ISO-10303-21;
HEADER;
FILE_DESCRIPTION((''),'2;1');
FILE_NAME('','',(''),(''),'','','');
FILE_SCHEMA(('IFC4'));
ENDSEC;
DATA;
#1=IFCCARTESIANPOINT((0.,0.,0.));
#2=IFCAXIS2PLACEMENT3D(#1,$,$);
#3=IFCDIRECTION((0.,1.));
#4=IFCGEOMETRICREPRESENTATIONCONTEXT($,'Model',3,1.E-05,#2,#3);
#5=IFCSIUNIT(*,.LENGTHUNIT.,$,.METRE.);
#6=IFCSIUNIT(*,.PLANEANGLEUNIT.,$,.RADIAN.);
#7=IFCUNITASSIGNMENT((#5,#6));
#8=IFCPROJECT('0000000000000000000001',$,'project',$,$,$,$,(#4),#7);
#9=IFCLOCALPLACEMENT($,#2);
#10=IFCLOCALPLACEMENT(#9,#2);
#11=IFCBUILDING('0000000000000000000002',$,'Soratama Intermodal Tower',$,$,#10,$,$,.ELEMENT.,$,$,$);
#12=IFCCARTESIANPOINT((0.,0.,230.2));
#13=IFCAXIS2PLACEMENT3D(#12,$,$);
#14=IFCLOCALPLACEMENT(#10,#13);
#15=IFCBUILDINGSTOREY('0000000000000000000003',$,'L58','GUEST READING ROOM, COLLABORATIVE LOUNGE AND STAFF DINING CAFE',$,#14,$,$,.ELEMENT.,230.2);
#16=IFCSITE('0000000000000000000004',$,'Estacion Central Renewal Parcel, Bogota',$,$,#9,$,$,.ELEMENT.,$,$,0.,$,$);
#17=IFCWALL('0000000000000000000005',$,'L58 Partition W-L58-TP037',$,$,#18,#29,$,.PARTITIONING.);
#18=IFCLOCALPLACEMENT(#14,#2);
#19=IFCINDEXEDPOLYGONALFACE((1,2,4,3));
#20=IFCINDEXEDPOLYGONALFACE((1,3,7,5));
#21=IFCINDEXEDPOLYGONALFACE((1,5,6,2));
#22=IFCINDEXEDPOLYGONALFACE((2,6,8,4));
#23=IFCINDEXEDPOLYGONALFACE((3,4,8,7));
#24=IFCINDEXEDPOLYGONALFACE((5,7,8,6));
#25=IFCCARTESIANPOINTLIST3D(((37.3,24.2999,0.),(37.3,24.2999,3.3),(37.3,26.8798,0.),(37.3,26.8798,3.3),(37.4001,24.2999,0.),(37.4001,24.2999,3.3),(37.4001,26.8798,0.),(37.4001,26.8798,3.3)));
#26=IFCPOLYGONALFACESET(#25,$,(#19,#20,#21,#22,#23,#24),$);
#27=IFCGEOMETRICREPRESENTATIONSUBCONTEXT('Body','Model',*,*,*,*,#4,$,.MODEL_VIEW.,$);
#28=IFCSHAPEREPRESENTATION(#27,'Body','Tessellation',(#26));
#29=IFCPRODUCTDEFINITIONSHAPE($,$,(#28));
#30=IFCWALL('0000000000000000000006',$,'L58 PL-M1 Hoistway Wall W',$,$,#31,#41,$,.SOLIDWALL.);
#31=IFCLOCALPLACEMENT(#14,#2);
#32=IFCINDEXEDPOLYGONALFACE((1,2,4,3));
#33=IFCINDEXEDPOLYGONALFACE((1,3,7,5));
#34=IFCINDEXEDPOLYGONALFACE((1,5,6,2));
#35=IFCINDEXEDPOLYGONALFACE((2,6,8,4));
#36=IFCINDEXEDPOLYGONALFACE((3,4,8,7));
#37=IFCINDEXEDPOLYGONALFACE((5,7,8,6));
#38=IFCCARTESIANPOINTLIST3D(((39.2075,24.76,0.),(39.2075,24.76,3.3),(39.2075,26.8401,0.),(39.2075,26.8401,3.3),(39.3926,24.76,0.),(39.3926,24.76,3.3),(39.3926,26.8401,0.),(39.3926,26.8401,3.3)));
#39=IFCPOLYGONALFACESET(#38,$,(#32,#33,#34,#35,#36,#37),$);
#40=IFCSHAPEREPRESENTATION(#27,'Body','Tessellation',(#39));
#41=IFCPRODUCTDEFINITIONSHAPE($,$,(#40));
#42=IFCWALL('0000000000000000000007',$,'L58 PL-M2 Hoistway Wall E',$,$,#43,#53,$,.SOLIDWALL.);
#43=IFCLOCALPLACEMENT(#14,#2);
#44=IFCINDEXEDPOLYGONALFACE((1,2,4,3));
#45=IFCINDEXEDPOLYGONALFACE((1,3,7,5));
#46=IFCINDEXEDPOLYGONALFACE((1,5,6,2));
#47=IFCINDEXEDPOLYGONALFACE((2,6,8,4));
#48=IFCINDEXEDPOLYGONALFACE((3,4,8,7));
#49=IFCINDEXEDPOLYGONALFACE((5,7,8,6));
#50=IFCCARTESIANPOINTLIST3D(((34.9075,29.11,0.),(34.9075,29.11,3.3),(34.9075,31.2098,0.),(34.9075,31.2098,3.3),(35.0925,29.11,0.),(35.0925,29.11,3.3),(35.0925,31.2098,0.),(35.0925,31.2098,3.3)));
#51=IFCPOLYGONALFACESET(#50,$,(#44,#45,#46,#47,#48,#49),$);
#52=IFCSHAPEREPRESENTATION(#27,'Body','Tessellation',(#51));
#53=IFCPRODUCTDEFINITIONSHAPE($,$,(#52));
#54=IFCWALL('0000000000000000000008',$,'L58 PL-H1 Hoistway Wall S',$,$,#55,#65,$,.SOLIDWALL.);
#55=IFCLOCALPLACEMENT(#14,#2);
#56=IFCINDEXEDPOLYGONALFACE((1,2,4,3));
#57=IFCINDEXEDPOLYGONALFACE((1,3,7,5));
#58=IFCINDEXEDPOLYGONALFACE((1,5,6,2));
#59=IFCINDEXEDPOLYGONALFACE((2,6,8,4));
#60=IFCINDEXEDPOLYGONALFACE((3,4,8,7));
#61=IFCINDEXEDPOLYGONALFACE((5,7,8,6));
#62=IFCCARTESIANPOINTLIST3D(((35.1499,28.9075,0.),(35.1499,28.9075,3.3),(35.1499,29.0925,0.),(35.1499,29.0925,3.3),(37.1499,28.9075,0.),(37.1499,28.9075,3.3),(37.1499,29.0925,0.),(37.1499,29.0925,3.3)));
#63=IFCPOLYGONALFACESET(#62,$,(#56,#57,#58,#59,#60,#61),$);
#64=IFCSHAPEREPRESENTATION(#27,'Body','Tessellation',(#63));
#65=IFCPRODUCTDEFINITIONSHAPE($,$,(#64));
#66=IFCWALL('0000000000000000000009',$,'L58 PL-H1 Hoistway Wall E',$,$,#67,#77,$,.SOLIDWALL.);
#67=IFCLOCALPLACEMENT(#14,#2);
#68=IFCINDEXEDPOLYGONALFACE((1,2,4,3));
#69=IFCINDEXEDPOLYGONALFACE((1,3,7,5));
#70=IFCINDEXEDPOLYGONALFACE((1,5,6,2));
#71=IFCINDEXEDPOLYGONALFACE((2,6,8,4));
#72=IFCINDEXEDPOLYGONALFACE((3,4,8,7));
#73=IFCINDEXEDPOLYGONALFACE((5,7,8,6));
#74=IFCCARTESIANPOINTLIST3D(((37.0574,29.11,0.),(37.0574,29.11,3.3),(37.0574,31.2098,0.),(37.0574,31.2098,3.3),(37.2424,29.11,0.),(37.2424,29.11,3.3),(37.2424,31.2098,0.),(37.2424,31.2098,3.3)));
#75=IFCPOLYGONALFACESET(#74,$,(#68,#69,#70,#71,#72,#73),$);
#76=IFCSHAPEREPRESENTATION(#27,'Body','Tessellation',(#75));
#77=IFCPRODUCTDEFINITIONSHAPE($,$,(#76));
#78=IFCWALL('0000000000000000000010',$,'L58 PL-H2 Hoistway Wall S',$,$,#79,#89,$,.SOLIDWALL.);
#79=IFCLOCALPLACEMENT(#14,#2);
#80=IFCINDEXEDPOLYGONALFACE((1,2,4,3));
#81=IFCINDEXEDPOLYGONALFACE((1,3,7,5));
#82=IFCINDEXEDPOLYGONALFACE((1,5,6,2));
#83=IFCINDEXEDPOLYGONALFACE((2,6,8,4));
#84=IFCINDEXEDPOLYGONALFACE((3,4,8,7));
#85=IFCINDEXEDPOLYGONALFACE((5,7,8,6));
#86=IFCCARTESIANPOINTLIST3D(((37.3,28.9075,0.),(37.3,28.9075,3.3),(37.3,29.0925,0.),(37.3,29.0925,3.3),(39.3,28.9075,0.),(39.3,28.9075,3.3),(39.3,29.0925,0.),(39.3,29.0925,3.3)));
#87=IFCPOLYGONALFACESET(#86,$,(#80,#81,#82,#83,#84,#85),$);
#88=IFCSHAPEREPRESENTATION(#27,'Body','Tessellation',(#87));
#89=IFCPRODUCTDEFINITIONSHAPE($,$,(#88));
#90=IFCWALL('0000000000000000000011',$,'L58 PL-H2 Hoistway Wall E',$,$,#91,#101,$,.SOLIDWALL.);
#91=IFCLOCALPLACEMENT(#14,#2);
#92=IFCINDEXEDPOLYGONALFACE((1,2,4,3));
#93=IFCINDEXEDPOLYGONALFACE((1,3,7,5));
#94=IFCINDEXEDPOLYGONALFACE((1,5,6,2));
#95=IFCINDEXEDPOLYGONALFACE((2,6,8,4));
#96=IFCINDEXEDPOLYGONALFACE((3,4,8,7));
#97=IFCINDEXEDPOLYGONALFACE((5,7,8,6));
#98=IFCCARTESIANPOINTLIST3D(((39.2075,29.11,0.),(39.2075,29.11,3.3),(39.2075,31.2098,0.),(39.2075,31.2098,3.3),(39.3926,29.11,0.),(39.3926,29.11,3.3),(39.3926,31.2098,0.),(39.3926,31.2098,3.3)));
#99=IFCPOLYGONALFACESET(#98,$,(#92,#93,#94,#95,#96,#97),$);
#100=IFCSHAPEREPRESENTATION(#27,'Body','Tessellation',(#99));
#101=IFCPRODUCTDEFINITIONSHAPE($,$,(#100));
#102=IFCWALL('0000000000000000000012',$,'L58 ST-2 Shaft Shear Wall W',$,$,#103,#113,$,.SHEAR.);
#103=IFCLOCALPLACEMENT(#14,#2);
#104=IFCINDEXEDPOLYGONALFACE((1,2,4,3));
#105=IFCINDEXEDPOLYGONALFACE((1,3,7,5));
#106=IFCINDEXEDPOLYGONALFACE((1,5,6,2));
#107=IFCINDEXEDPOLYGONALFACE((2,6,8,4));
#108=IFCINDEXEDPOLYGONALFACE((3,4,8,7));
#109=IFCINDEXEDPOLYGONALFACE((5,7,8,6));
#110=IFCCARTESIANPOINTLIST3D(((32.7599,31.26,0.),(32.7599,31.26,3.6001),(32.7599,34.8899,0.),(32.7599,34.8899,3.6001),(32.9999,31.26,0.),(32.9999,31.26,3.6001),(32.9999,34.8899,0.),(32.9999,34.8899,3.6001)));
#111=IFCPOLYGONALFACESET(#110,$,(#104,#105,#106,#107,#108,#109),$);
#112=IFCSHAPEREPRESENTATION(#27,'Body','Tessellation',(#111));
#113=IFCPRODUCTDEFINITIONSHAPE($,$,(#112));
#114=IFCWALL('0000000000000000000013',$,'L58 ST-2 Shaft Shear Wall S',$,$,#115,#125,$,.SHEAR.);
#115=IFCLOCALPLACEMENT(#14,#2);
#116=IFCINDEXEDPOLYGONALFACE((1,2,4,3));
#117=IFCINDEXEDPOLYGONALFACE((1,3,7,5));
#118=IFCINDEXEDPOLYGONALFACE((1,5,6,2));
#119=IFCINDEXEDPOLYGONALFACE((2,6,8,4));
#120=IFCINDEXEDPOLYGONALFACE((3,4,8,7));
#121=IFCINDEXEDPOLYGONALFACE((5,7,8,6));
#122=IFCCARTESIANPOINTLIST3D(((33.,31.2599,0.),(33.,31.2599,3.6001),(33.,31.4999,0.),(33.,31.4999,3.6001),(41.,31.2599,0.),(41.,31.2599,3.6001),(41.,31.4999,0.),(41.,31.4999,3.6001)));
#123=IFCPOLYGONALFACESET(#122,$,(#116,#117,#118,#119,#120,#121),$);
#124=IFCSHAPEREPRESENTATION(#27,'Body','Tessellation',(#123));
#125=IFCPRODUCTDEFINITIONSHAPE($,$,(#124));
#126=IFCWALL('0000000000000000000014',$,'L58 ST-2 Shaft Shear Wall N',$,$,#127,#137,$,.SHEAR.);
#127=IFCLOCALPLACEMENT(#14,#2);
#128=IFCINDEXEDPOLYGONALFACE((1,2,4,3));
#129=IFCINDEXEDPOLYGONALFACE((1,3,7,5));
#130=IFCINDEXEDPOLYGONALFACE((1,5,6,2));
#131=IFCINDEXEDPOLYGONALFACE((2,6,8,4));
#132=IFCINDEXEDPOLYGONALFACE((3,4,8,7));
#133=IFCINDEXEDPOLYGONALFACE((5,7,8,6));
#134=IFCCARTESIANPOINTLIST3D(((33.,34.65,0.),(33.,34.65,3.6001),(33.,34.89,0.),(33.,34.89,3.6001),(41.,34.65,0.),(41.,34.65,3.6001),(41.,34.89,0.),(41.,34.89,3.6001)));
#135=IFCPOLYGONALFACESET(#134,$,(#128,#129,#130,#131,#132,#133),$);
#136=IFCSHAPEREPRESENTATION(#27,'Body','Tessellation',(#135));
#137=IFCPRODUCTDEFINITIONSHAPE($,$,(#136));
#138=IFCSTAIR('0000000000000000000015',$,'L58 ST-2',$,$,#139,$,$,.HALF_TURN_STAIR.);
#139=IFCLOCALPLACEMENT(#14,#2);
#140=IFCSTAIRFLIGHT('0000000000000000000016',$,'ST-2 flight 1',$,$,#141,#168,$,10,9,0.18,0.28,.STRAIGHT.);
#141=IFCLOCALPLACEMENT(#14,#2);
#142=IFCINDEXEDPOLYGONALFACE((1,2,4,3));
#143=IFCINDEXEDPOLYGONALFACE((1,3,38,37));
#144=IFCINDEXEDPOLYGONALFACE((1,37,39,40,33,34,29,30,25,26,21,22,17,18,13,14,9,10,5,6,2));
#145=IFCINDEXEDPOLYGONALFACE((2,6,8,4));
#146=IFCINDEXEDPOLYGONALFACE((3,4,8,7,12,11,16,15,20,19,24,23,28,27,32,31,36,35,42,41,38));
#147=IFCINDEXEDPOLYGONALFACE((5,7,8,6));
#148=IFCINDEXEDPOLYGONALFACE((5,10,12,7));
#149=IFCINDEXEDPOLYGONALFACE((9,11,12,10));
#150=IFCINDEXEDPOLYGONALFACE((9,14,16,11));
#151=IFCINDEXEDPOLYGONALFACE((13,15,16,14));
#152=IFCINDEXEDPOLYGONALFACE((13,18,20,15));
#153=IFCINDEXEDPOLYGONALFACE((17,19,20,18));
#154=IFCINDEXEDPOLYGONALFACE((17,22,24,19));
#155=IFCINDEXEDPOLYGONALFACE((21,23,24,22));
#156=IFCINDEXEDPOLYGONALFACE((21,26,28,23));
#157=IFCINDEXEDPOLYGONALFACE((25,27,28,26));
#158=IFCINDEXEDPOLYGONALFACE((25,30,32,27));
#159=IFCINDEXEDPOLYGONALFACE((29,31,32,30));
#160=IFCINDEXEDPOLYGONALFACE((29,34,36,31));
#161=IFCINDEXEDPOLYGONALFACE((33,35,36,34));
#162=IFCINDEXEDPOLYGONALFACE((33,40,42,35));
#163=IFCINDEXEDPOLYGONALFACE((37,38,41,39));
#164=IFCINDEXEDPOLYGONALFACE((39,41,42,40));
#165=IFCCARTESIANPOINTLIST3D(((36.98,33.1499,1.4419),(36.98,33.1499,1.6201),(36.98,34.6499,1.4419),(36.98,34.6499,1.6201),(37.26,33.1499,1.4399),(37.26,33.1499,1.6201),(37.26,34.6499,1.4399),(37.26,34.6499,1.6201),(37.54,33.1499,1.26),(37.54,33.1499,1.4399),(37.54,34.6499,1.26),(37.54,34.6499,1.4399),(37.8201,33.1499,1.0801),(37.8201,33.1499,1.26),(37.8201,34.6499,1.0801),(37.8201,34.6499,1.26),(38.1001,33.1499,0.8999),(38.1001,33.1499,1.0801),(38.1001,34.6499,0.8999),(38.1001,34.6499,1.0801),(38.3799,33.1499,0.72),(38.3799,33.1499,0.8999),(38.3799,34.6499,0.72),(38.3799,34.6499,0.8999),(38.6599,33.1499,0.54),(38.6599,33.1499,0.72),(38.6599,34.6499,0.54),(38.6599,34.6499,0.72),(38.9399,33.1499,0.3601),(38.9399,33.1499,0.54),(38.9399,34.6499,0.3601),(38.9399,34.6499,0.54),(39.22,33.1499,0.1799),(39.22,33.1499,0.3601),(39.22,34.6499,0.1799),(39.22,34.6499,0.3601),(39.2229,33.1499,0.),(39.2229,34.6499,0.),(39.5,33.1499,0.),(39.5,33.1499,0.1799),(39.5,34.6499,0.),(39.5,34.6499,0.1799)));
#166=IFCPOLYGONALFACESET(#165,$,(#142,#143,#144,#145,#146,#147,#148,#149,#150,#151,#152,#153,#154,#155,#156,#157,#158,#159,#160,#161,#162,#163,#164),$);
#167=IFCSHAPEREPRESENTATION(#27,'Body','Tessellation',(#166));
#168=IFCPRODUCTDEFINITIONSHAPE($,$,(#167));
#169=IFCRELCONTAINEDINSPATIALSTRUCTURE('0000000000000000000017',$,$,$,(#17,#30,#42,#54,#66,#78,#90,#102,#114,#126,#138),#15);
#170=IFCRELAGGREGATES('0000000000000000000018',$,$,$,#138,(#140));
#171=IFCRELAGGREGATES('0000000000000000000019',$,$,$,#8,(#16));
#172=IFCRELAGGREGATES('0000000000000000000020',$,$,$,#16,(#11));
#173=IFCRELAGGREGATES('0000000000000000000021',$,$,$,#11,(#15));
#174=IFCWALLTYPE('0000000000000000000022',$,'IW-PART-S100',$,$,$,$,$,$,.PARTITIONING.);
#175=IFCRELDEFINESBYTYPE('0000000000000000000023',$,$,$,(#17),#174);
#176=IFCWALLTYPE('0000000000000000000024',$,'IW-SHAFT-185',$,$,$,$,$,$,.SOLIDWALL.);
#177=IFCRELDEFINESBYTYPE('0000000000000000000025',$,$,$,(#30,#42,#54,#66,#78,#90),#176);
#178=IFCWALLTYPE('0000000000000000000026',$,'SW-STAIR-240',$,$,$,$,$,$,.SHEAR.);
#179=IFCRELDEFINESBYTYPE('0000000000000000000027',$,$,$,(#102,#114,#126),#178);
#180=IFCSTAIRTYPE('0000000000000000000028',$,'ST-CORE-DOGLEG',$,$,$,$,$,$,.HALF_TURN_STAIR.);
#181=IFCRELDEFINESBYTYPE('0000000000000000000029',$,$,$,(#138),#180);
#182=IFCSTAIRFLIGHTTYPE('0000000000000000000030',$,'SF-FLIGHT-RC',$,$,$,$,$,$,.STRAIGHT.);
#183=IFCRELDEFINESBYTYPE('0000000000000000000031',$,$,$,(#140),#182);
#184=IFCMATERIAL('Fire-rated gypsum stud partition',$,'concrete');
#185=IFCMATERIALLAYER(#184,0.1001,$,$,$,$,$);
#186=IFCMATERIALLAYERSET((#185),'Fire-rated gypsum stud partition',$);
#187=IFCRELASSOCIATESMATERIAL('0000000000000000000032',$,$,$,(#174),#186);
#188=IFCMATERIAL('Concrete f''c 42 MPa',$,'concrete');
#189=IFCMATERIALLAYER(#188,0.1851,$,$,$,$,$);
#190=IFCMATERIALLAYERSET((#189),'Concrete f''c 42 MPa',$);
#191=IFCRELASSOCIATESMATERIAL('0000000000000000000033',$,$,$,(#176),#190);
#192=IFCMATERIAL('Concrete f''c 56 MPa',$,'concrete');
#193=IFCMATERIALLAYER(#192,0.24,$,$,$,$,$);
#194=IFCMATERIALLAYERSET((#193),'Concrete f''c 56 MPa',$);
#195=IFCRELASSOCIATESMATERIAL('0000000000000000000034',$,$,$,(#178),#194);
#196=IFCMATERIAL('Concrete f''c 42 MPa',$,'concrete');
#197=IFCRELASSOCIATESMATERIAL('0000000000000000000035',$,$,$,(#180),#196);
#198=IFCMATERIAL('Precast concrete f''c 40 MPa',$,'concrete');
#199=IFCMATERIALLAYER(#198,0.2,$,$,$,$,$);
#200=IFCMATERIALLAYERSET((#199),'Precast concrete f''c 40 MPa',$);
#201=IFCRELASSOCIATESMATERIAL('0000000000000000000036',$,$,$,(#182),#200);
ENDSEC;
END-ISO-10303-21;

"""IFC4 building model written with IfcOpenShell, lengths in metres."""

from ifc_helpers import new_model, si_unit, direction, frame, frame_2d, origin, place, context, subcontext, project, spatial, polyline, rectangle, outline, extrude, material, layer, layer_set, type_object, element, aggregate, save


model = new_model("IFC4")

# Units and contexts
model_context = context("Model", 3, precision=1e-05, world=origin(), true_north=direction((0.0, 1.0)))
body_context = subcontext(model_context, "Body", "Model", "MODEL_VIEW")
ifc_project = project(units=[si_unit("LENGTHUNIT", "METRE"), si_unit("PLANEANGLEUNIT", "RADIAN")], contexts=[model_context])

# Site, building, storey
site_placement = place(None, origin())
site = spatial("IfcSite", under=ifc_project, at=site_placement, Name="Estacion Central Renewal Parcel, Bogota", CompositionType="ELEMENT", RefElevation=0.0)
building_placement = place(site_placement, origin())
building = spatial("IfcBuilding", under=site, at=building_placement, Name="Soratama Intermodal Tower", CompositionType="ELEMENT")
storey_placement = place(building_placement, frame((0.0, 0.0, 230.2)))
storey = spatial("IfcBuildingStorey", under=building, at=storey_placement, Name="L58", Description="GUEST READING ROOM, COLLABORATIVE LOUNGE AND STAFF DINING CAFE", CompositionType="ELEMENT", Elevation=230.2)

# Wall
ifc_material_1 = material(Name="Fire-rated gypsum stud partition", Category="concrete")
ifc_layer_1 = layer(ifc_material_1, 0.1001)
ifc_layer_set_1 = layer_set([ifc_layer_1], Name="Fire-rated gypsum stud partition")
wall_type_1 = type_object("IfcWallType", Name="IW-PART-S100", PredefinedType="PARTITIONING", material=ifc_layer_set_1)
wall_1_placement = place(storey_placement, frame((37.3501, 26.8799, 0.0), z_axis=(0.0, 0.0, 1.0), x_axis=(0.0, -1.0, 0.0)))
element("IfcWall", 1, at=wall_1_placement, inside=storey, type_object=wall_type_1, Name="L58 Partition W-L58-TP037", PredefinedType="PARTITIONING", context=body_context, shape_type="SweptSolid", body=[
    extrude(rectangle(XDim=2.5798, YDim=0.1001, at=frame_2d((1.29, 0.0))), origin(), (0.0, 0.0, 1.0), 3.3),
])

# Shared definitions
ifc_material_2 = material(Name="Concrete f'c 42 MPa", Category="concrete")
ifc_layer_2 = layer(ifc_material_2, 0.1851)
ifc_layer_set_2 = layer_set([ifc_layer_2], Name="Concrete f'c 42 MPa")
wall_type_2 = type_object("IfcWallType", Name="IW-SHAFT-185", PredefinedType="SOLIDWALL", material=ifc_layer_set_2)

# Walls
wall_2_placement = place(storey_placement, frame((39.3, 24.76, 0.0), z_axis=(0.0, 0.0, 1.0), x_axis=(0.0, 1.0, 0.0)))
element("IfcWall", 2, at=wall_2_placement, inside=storey, type_object=wall_type_2, Name="L58 PL-M1 Hoistway Wall W", PredefinedType="SOLIDWALL", context=body_context, shape_type="SweptSolid", body=[
    extrude(rectangle(XDim=2.0801, YDim=0.1851, at=frame_2d((1.04, 0.0))), origin(), (0.0, 0.0, 1.0), 3.3),
])
wall_3_placement = place(storey_placement, frame((35.0, 29.1101, 0.0), z_axis=(0.0, 0.0, 1.0), x_axis=(0.0, 1.0, 0.0)))
element("IfcWall", 3, at=wall_3_placement, inside=storey, type_object=wall_type_2, Name="L58 PL-M2 Hoistway Wall E", PredefinedType="SOLIDWALL", context=body_context, shape_type="SweptSolid", body=[
    extrude(rectangle(XDim=2.0999, YDim=0.1851, at=frame_2d((1.0498, 0.0))), origin(), (0.0, 0.0, 1.0), 3.3),
])
wall_4_placement = place(storey_placement, frame((35.1499, 29.0, 0.0), z_axis=(0.0, 0.0, 1.0), x_axis=(1.0, 0.0, 0.0)))
element("IfcWall", 4, at=wall_4_placement, inside=storey, type_object=wall_type_2, Name="L58 PL-H1 Hoistway Wall S", PredefinedType="SOLIDWALL", context=body_context, shape_type="SweptSolid", body=[
    extrude(rectangle(XDim=2.0, YDim=0.1851, at=frame_2d((1.0, 0.0))), origin(), (0.0, 0.0, 1.0), 3.3),
])
wall_5_placement = place(storey_placement, frame((37.1499, 29.1101, 0.0), z_axis=(0.0, 0.0, 1.0), x_axis=(0.0, 1.0, 0.0)))
element("IfcWall", 5, at=wall_5_placement, inside=storey, type_object=wall_type_2, Name="L58 PL-H1 Hoistway Wall E", PredefinedType="SOLIDWALL", context=body_context, shape_type="SweptSolid", body=[
    extrude(rectangle(XDim=2.0999, YDim=0.1851, at=frame_2d((1.0498, 0.0))), origin(), (0.0, 0.0, 1.0), 3.3),
])
wall_6_placement = place(storey_placement, frame((37.3, 29.0, 0.0), z_axis=(0.0, 0.0, 1.0), x_axis=(1.0, 0.0, 0.0)))
element("IfcWall", 6, at=wall_6_placement, inside=storey, type_object=wall_type_2, Name="L58 PL-H2 Hoistway Wall S", PredefinedType="SOLIDWALL", context=body_context, shape_type="SweptSolid", body=[
    extrude(rectangle(XDim=2.0, YDim=0.1851, at=frame_2d((1.0, 0.0))), origin(), (0.0, 0.0, 1.0), 3.3),
])
wall_7_placement = place(storey_placement, frame((39.3, 29.1101, 0.0), z_axis=(0.0, 0.0, 1.0), x_axis=(0.0, 1.0, 0.0)))
element("IfcWall", 7, at=wall_7_placement, inside=storey, type_object=wall_type_2, Name="L58 PL-H2 Hoistway Wall E", PredefinedType="SOLIDWALL", context=body_context, shape_type="SweptSolid", body=[
    extrude(rectangle(XDim=2.0999, YDim=0.1851, at=frame_2d((1.0498, 0.0))), origin(), (0.0, 0.0, 1.0), 3.3),
])
ifc_material_3 = material(Name="Concrete f'c 56 MPa", Category="concrete")
ifc_layer_3 = layer(ifc_material_3, 0.24)
ifc_layer_set_3 = layer_set([ifc_layer_3], Name="Concrete f'c 56 MPa")
wall_type_3 = type_object("IfcWallType", Name="SW-STAIR-240", PredefinedType="SHEAR", material=ifc_layer_set_3)
wall_8_placement = place(storey_placement, frame((32.8799, 31.26, 0.0), z_axis=(0.0, 0.0, 1.0), x_axis=(0.0, 1.0, 0.0)))
element("IfcWall", 8, at=wall_8_placement, inside=storey, type_object=wall_type_3, Name="L58 ST-2 Shaft Shear Wall W", PredefinedType="SHEAR", context=body_context, shape_type="SweptSolid", body=[
    extrude(rectangle(XDim=3.6299, YDim=0.24, at=frame_2d((1.8149, 0.0))), origin(), (0.0, 0.0, 1.0), 3.6001),
])

# Walls
for number, where, z_axis, x_axis, name in (
    (9, (33.0, 31.3799, 0.0), (0.0, 0.0, 1.0), (1.0, 0.0, 0.0), "L58 ST-2 Shaft Shear Wall S"),
    (10, (33.0, 34.77, 0.0), (0.0, 0.0, 1.0), (1.0, 0.0, 0.0), "L58 ST-2 Shaft Shear Wall N"),
):
    element("IfcWall", number, at=place(storey_placement, frame(where, z_axis=z_axis, x_axis=x_axis)), inside=storey, type_object=wall_type_3, Name=name, PredefinedType="SHEAR", context=body_context, shape_type="SweptSolid", body=[
        extrude(rectangle(XDim=8.0, YDim=0.24, at=frame_2d((4.0, 0.0))), origin(), (0.0, 0.0, 1.0), 3.6001),
    ])

# Stair, stair flight
ifc_material_4 = material(Name="Concrete f'c 42 MPa", Category="concrete")
stair_type = type_object("IfcStairType", Name="ST-CORE-DOGLEG", PredefinedType="HALF_TURN_STAIR", material=ifc_material_4)
stair_placement = place(storey_placement, origin())
stair = element("IfcStair", 11, at=stair_placement, inside=storey, type_object=stair_type, Name="L58 ST-2", PredefinedType="HALF_TURN_STAIR")
ifc_material_5 = material(Name="Precast concrete f'c 40 MPa", Category="concrete")
ifc_layer_4 = layer(ifc_material_5, 0.2)
ifc_layer_set_4 = layer_set([ifc_layer_4], Name="Precast concrete f'c 40 MPa")
stair_flight_type = type_object("IfcStairFlightType", Name="SF-FLIGHT-RC", PredefinedType="STRAIGHT", material=ifc_layer_set_4)
stair_flight_1_placement = place(storey_placement, frame((39.5, 33.8999, 0.0), z_axis=(0.0, 0.0, 1.0), x_axis=(-1.0, 0.0, 0.0)))
stair_flight_1 = element("IfcStairFlight", 12, at=stair_flight_1_placement, type_object=stair_flight_type, Name="ST-2 flight 1", NumberOfRisers=10, NumberOfTreads=9, PredefinedType="STRAIGHT", RiserHeight=0.18, TreadLength=0.28, context=body_context, shape_type="SweptSolid", body=[
    extrude(outline(polyline([(0.0, 0.0), (0.0, 0.1799), (0.28, 0.1799), (0.28, 0.3601), (0.5601, 0.3601), (0.5601, 0.54), (0.8401, 0.54), (0.8401, 0.72), (1.1201, 0.72), (1.1201, 0.8999), (1.3999, 0.8999), (1.3999, 1.0801), (1.6799, 1.0801), (1.6799, 1.26), (1.96, 1.26), (1.96, 1.4399), (2.24, 1.4399), (2.24, 1.6201), (2.52, 1.6201), (2.52, 1.8), (2.52, 1.4419), (0.2771, 0.0), (0.0, 0.0)])), frame((0.0, 0.75, 0.0), z_axis=(0.0, -1.0, 0.0), x_axis=(1.0, 0.0, 0.0)), (0.0, 0.0, 1.0), 1.5),
])
aggregate(stair, [stair_flight_1])

save(model, "model.ifc")
